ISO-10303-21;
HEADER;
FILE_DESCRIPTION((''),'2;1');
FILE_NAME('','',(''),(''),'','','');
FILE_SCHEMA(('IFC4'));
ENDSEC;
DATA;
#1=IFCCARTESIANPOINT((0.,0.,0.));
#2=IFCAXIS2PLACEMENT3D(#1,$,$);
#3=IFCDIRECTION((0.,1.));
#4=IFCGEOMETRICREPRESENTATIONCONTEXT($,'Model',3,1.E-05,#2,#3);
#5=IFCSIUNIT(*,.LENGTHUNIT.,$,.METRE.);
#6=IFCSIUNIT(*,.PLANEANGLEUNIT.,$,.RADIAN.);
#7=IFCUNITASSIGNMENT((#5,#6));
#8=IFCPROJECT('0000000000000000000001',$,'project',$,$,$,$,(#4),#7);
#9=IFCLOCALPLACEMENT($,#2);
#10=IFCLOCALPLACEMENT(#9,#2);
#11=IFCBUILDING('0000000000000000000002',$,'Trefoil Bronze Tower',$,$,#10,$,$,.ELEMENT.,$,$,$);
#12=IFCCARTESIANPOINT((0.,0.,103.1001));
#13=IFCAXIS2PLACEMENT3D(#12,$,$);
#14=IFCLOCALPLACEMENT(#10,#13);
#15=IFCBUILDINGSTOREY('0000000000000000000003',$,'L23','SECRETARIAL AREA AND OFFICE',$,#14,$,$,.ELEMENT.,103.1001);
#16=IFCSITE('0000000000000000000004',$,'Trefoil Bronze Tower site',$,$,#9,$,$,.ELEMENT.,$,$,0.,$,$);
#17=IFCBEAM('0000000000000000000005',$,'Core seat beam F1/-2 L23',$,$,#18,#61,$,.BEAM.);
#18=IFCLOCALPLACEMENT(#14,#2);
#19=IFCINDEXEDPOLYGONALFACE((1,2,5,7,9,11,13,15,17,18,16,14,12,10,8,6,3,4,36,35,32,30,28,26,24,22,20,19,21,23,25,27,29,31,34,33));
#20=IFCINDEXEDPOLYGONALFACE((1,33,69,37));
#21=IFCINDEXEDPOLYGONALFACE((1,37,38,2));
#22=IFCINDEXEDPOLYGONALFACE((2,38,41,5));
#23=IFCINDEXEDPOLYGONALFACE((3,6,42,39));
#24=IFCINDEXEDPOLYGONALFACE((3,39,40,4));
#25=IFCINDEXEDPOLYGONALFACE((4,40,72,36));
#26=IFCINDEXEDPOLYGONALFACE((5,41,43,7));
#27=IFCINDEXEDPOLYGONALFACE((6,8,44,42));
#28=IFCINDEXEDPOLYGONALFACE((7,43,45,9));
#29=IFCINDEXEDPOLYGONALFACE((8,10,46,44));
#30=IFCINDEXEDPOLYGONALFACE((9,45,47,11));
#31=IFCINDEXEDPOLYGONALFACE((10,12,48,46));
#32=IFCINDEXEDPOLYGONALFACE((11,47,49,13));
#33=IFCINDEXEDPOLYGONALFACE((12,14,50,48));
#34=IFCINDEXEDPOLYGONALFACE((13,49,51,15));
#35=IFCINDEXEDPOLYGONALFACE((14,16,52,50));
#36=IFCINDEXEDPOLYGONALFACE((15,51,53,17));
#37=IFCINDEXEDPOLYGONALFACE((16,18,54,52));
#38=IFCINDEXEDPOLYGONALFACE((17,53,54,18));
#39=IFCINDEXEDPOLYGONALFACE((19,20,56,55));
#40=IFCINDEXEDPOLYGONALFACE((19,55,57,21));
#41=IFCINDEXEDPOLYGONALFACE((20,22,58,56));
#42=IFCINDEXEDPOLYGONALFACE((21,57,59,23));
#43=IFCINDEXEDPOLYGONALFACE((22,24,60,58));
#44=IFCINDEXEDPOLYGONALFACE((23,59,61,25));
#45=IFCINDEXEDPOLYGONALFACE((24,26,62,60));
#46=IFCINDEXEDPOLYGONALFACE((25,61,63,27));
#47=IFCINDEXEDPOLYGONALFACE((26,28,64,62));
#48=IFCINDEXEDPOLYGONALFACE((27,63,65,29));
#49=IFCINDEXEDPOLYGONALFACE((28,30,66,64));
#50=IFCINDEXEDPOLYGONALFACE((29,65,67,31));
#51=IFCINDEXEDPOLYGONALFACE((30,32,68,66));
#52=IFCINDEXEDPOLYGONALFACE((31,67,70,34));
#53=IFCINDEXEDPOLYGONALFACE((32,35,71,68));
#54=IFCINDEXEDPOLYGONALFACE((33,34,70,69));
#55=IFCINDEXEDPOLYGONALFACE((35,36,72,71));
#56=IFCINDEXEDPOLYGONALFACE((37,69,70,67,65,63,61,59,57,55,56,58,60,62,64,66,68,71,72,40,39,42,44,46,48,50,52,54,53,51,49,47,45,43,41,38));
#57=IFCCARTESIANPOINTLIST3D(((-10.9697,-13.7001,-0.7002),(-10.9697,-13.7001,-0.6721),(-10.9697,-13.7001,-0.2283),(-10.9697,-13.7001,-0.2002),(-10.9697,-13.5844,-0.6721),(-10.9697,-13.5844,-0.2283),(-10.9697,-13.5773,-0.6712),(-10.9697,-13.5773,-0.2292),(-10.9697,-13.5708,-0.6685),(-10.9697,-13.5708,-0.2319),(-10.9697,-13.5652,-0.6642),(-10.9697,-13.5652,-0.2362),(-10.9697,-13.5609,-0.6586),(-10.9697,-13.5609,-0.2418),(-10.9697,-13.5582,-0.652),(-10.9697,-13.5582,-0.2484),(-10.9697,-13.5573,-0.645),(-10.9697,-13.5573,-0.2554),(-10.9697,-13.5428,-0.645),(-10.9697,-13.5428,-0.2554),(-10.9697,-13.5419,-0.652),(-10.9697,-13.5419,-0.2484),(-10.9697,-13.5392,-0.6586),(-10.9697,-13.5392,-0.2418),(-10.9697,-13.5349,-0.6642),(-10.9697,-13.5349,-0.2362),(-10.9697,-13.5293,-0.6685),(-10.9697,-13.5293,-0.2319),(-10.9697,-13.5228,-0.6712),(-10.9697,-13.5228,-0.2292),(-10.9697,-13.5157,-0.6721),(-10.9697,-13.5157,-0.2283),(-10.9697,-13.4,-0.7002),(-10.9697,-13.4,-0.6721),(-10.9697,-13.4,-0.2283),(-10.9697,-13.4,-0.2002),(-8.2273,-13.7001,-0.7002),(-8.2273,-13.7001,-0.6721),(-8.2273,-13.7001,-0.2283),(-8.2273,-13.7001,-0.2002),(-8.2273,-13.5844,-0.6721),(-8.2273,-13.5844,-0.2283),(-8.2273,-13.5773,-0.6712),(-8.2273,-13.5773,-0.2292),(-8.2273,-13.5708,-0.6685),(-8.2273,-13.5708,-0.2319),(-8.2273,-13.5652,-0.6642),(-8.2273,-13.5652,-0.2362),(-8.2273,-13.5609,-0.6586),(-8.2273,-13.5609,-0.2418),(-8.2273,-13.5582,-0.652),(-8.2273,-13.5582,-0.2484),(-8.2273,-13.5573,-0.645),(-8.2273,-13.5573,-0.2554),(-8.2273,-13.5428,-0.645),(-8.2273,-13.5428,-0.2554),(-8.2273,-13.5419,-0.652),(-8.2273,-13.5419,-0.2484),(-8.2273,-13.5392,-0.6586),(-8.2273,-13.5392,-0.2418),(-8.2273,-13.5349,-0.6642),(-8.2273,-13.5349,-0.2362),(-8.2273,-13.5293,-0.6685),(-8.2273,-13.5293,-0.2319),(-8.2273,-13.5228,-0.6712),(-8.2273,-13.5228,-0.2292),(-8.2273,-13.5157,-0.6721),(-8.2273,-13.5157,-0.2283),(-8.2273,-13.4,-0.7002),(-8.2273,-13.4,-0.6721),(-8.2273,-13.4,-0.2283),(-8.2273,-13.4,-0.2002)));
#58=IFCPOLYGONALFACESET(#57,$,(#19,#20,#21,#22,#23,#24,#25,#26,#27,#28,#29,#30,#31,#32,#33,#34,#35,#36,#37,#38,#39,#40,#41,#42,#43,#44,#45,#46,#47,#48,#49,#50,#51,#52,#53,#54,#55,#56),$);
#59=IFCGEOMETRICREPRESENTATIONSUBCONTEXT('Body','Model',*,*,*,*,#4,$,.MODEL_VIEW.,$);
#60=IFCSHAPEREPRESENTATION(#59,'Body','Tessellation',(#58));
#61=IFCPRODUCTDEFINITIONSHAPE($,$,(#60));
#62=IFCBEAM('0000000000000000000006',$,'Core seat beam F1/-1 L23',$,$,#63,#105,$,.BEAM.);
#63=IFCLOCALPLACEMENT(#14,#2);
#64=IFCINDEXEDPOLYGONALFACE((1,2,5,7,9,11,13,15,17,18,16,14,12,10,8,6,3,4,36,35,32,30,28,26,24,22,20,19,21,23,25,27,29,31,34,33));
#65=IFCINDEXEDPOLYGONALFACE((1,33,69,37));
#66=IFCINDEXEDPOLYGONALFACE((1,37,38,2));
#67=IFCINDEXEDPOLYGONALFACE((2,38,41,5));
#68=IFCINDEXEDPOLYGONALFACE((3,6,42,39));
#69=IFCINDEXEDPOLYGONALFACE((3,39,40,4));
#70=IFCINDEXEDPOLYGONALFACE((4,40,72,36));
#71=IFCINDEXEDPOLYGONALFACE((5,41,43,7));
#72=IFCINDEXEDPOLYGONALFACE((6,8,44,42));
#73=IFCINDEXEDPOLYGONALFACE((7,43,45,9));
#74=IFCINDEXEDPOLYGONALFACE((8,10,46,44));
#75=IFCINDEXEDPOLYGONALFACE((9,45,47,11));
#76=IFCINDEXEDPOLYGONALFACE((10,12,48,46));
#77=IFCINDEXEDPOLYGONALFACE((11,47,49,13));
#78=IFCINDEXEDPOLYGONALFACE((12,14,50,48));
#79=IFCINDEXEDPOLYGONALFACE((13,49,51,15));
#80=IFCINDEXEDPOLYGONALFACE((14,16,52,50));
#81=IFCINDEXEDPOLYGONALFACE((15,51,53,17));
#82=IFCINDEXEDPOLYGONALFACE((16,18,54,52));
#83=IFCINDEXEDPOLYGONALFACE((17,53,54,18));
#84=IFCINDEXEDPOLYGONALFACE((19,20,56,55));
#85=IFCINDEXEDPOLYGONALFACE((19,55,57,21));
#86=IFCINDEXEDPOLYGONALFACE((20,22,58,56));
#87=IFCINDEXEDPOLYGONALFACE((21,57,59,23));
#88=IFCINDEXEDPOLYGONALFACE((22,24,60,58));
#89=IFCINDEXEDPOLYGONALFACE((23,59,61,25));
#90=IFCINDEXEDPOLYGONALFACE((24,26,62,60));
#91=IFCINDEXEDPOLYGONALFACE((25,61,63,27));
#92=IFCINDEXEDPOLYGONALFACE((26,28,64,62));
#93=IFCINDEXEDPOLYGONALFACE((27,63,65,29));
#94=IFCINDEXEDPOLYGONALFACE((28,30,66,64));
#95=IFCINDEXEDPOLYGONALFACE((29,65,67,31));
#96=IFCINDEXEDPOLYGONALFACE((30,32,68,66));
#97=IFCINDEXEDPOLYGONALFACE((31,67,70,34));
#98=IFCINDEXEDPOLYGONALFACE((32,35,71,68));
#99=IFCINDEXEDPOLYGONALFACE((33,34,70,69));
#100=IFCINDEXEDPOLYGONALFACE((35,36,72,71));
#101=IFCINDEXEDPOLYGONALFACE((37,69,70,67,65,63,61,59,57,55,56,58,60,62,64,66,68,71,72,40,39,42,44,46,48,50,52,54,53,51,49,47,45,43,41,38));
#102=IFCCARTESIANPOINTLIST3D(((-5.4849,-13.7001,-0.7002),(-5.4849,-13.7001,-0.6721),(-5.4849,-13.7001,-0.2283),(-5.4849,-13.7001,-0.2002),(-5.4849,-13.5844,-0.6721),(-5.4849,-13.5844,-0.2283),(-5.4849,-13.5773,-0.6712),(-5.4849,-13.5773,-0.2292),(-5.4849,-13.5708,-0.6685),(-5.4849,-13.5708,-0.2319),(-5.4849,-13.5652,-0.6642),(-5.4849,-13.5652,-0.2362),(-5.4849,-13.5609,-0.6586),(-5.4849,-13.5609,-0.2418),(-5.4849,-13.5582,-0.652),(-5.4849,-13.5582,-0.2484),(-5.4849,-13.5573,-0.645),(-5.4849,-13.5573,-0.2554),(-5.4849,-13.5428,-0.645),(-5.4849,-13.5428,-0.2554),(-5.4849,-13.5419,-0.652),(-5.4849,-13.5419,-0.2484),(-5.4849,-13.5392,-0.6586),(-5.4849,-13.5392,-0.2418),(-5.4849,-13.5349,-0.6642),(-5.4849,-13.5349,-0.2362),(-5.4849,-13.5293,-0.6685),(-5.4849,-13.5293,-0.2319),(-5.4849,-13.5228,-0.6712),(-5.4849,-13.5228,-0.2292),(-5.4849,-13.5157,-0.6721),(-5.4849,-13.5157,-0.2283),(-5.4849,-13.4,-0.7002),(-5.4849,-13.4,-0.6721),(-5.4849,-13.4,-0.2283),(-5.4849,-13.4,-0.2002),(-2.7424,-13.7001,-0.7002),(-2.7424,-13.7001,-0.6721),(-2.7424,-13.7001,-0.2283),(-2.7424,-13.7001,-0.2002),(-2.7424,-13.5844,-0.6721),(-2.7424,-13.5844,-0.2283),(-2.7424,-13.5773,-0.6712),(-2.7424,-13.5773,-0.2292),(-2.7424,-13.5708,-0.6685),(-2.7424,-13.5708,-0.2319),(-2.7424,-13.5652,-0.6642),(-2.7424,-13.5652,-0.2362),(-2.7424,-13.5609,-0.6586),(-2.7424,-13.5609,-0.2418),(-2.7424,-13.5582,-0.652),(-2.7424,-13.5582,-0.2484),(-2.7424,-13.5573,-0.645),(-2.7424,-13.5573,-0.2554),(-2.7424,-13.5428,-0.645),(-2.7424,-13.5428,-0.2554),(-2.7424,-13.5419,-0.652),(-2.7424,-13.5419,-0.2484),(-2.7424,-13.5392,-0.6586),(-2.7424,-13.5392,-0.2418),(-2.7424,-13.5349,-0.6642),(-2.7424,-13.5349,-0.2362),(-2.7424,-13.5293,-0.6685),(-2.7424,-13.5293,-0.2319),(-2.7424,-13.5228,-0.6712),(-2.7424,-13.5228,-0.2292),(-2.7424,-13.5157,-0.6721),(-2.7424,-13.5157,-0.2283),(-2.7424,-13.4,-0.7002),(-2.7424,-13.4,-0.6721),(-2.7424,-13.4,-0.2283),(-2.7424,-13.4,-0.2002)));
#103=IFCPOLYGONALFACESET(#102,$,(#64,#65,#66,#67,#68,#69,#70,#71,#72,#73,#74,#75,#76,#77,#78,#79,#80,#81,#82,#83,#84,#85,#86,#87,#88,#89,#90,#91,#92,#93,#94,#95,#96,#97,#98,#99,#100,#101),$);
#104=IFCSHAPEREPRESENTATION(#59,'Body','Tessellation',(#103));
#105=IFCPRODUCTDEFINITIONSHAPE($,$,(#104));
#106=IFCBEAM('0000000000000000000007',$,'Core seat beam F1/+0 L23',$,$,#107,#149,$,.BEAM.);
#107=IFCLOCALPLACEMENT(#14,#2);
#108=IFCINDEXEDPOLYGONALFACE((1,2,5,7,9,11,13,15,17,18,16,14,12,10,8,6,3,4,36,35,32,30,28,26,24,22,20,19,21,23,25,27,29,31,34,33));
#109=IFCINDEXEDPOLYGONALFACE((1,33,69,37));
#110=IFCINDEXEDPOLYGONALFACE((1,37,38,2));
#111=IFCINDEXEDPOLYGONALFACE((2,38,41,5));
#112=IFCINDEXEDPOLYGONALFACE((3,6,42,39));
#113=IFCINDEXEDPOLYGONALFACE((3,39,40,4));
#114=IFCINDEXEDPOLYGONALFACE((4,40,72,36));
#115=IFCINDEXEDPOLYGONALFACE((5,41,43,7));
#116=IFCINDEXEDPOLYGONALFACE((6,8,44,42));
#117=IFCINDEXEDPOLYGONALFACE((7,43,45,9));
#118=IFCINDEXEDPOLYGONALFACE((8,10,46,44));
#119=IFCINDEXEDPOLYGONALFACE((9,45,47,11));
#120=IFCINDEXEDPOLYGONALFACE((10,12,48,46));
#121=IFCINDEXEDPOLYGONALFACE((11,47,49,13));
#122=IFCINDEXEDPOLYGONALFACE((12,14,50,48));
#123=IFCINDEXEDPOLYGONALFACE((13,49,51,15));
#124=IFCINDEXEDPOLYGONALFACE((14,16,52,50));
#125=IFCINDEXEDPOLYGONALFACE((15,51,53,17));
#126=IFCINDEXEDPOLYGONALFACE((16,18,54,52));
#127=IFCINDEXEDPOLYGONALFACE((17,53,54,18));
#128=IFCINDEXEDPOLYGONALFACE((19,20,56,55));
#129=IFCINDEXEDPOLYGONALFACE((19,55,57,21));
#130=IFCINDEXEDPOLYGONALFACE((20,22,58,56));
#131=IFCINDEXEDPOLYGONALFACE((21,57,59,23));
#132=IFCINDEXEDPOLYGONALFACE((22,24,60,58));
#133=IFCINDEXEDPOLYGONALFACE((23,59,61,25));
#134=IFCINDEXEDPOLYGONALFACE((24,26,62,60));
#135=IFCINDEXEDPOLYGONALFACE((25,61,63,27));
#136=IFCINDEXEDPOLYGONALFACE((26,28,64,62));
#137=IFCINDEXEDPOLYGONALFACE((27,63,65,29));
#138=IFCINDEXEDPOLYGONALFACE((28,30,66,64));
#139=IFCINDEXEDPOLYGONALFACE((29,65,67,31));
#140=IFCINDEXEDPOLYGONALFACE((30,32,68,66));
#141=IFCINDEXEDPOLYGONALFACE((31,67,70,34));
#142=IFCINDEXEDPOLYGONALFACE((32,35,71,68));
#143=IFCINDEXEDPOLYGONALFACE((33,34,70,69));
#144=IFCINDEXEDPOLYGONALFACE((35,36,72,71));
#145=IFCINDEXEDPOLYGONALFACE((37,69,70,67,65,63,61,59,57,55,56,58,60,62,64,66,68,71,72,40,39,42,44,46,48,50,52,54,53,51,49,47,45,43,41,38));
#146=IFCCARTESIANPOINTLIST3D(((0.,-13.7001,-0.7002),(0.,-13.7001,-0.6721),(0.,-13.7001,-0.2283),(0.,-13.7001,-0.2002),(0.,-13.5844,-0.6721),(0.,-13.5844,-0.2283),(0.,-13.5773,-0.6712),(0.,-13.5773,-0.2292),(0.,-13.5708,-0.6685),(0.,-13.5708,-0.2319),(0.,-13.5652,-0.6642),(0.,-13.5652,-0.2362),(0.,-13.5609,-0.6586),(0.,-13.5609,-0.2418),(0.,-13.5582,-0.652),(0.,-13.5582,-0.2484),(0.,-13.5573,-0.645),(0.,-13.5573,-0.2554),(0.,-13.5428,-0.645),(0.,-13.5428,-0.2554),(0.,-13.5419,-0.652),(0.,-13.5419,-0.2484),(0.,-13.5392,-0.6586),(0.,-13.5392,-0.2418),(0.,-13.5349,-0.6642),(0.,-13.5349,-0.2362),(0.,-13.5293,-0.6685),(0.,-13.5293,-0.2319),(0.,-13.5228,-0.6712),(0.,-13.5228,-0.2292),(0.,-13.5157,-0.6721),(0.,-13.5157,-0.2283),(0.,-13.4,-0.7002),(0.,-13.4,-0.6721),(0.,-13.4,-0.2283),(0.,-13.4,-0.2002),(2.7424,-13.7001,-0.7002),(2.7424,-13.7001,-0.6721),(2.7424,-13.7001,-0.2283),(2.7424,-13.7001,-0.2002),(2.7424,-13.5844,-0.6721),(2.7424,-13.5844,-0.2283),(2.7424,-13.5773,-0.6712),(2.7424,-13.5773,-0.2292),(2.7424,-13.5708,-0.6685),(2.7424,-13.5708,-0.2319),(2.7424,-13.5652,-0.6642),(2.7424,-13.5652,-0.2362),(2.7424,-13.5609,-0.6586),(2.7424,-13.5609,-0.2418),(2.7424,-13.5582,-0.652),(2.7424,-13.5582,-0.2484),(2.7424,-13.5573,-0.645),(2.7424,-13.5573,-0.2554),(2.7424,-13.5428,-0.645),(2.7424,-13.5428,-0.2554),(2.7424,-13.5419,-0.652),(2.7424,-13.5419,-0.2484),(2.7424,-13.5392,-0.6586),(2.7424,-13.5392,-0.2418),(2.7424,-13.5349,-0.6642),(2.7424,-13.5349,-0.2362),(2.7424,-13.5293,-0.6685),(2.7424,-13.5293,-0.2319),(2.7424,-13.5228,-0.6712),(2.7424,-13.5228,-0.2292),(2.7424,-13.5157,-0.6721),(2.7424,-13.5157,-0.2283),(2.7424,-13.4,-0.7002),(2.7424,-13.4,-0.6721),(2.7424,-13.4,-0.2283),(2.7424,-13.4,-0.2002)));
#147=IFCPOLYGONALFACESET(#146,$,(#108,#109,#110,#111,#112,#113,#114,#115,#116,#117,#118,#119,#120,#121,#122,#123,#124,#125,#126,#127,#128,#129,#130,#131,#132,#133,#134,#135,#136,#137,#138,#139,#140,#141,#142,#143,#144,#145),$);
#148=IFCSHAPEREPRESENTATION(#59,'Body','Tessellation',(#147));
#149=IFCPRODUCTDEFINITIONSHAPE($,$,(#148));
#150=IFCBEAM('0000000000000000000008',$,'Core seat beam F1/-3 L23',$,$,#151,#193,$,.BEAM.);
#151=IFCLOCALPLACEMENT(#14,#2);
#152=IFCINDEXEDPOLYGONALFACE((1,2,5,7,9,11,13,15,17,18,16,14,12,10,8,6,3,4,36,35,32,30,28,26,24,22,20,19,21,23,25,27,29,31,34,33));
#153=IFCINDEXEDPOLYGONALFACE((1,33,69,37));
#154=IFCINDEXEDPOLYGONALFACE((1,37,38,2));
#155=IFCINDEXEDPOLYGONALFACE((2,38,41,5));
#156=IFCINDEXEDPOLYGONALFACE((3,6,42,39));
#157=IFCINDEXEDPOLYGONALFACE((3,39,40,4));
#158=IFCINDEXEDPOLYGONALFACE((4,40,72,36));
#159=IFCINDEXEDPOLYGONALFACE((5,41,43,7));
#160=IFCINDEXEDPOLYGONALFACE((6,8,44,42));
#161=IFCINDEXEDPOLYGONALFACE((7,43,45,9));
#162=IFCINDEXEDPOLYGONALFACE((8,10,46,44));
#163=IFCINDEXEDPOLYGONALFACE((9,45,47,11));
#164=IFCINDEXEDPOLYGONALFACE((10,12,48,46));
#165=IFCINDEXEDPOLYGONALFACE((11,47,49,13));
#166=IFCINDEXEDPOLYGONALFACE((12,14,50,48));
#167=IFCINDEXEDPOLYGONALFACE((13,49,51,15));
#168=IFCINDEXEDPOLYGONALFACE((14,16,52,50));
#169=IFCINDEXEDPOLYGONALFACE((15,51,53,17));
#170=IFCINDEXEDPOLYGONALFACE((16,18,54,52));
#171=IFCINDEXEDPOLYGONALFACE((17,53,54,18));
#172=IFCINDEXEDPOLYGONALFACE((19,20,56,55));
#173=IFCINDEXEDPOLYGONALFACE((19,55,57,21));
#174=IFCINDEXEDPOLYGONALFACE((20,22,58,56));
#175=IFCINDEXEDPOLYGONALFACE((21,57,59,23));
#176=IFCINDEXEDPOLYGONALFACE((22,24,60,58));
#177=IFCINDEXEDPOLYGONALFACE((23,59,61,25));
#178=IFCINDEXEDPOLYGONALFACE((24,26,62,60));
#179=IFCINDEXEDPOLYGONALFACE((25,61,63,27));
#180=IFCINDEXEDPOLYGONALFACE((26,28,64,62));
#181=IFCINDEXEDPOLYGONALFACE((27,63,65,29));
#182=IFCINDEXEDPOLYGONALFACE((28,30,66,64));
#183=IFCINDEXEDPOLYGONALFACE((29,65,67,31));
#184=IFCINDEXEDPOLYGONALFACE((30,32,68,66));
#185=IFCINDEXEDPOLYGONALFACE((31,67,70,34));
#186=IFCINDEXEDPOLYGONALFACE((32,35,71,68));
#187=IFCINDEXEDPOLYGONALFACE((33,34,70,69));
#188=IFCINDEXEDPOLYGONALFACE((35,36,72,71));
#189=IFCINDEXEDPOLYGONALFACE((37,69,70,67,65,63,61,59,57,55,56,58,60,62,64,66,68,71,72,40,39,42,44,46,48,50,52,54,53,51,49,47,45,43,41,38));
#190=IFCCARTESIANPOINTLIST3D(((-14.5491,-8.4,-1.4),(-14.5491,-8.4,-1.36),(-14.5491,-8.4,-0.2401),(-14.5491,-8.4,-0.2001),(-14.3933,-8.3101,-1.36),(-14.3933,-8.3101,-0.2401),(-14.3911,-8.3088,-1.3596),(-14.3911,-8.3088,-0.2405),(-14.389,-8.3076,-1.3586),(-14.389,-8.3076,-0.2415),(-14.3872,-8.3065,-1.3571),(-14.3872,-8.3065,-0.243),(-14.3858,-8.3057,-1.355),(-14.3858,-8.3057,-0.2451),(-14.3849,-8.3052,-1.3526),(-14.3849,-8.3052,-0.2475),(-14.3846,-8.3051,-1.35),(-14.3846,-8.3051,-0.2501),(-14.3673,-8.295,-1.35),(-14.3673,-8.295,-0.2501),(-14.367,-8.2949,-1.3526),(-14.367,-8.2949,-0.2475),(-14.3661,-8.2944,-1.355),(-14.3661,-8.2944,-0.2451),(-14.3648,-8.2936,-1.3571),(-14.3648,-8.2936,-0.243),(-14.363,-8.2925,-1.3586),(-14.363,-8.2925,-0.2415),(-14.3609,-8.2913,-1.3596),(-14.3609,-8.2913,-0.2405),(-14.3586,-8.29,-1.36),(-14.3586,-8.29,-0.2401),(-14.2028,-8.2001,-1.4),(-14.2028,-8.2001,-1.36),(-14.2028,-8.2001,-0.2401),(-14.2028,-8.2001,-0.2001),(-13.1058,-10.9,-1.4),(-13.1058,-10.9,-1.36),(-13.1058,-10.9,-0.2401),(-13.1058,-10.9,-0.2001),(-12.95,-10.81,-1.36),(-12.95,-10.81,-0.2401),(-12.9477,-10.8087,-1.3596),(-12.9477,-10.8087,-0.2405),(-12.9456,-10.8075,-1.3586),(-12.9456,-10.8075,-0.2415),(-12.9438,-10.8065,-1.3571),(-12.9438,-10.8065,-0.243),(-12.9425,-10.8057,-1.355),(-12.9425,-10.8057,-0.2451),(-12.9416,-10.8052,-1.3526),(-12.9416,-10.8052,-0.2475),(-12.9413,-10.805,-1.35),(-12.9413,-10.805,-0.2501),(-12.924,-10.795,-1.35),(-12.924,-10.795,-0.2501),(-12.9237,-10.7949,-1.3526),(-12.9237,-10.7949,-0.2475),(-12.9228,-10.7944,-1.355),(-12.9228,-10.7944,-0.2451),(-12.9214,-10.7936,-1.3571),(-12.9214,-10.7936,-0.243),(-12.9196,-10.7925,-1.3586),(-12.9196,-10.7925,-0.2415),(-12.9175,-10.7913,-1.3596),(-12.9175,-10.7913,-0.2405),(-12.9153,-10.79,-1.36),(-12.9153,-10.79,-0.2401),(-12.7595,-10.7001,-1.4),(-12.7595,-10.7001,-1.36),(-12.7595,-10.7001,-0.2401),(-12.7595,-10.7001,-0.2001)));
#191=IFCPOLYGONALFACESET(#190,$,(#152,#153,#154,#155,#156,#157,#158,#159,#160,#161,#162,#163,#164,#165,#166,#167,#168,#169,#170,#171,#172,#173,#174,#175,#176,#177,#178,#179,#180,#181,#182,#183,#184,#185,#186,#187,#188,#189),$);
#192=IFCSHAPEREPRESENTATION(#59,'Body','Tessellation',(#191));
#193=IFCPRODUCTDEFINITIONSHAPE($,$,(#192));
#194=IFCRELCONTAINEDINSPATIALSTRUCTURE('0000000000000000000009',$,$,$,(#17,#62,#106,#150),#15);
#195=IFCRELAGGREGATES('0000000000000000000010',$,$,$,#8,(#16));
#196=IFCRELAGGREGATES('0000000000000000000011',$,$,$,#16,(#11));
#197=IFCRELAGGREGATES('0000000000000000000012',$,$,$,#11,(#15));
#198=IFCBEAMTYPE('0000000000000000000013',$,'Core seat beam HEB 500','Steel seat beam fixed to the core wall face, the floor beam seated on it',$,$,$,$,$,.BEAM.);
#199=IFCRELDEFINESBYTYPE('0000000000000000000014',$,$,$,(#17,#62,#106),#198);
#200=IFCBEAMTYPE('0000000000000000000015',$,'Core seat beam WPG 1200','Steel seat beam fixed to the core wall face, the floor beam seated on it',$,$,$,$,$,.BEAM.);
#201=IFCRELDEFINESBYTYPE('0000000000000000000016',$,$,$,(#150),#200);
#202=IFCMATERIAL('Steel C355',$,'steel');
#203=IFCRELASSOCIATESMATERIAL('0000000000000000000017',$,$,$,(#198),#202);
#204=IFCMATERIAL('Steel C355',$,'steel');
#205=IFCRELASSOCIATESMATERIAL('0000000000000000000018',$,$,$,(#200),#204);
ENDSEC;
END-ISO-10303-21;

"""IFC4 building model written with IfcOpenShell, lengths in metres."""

from ifc_helpers import new_model, si_unit, direction, frame, origin, origin_2d, place, context, subcontext, project, spatial, i_section, extrude, material, material_profile, profile_set, type_object, element, save


model = new_model("IFC4")

# Units and contexts
model_context = context("Model", 3, precision=1e-05, world=origin(), true_north=direction((0.0, 1.0)))
body_context = subcontext(model_context, "Body", "Model", "MODEL_VIEW")
ifc_project = project(units=[si_unit("LENGTHUNIT", "METRE"), si_unit("PLANEANGLEUNIT", "RADIAN")], contexts=[model_context])

# Site, building, storey
site_placement = place(None, origin())
site = spatial("IfcSite", under=ifc_project, at=site_placement, Name="Trefoil Bronze Tower site", CompositionType="ELEMENT", RefElevation=0.0)
building_placement = place(site_placement, origin())
building = spatial("IfcBuilding", under=site, at=building_placement, Name="Trefoil Bronze Tower", CompositionType="ELEMENT")
storey_placement = place(building_placement, frame((0.0, 0.0, 103.1001)))
storey = spatial("IfcBuildingStorey", under=building, at=storey_placement, Name="L23", Description="SECRETARIAL AREA AND OFFICE", CompositionType="ELEMENT", Elevation=103.1001)

# Beams
ifc_material_1 = material(Name="Steel C355", Category="steel")
ifc_material_profile_1 = material_profile(ifc_material_1, i_section(OverallWidth=0.3, OverallDepth=0.5, WebThickness=0.0144, FlangeThickness=0.0281, FilletRadius=0.0271, at=origin_2d()), Name="HEB 500")
ifc_profile_set_1 = profile_set([ifc_material_profile_1], Name="Steel C355")
beam_type_1 = type_object("IfcBeamType", Name="Core seat beam HEB 500", Description="Steel seat beam fixed to the core wall face, the floor beam seated on it", PredefinedType="BEAM", material=ifc_profile_set_1)
for number, where, z_axis, x_axis, name in (
    (1, (-10.9697, -13.55, -0.4502), (1.0, 0.0, 0.0), (0.0, 1.0, 0.0), "Core seat beam F1/-2 L23"),
    (2, (-5.4849, -13.55, -0.4502), (1.0, 0.0, 0.0), (0.0, 1.0, 0.0), "Core seat beam F1/-1 L23"),
    (3, (0.0, -13.55, -0.4502), (1.0, 0.0, 0.0), (0.0, 1.0, 0.0), "Core seat beam F1/+0 L23"),
):
    element("IfcBeam", number, at=place(storey_placement, frame(where, z_axis=z_axis, x_axis=x_axis)), inside=storey, type_object=beam_type_1, Name=name, PredefinedType="BEAM", context=body_context, shape_type="SweptSolid", body=[
        extrude(i_section(OverallWidth=0.3, OverallDepth=0.5, WebThickness=0.0144, FlangeThickness=0.0281, FilletRadius=0.0271, at=origin_2d()), origin(), (0.0, 0.0, 1.0), 2.7424),
    ])
ifc_material_2 = material(Name="Steel C355", Category="steel")
ifc_material_profile_2 = material_profile(ifc_material_2, i_section(OverallWidth=0.3999, OverallDepth=1.2, WebThickness=0.02, FlangeThickness=0.04, FilletRadius=0.01, at=origin_2d()), Name="WPG 1200")
ifc_profile_set_2 = profile_set([ifc_material_profile_2], Name="Steel C355")
beam_type_2 = type_object("IfcBeamType", Name="Core seat beam WPG 1200", Description="Steel seat beam fixed to the core wall face, the floor beam seated on it", PredefinedType="BEAM", material=ifc_profile_set_2)
beam_placement = place(storey_placement, frame((-14.376, -8.3, -0.8), z_axis=(0.499996, -0.866028, 0.0), x_axis=(0.866028, 0.499996, 0.0)))
element("IfcBeam", 4, at=beam_placement, inside=storey, type_object=beam_type_2, Name="Core seat beam F1/-3 L23", PredefinedType="BEAM", context=body_context, shape_type="SweptSolid", body=[
    extrude(i_section(OverallWidth=0.3999, OverallDepth=1.2, WebThickness=0.02, FlangeThickness=0.04, FilletRadius=0.01, at=origin_2d()), origin(), (0.0, 0.0, 1.0), 2.8867),
])

save(model, "model.ifc")
